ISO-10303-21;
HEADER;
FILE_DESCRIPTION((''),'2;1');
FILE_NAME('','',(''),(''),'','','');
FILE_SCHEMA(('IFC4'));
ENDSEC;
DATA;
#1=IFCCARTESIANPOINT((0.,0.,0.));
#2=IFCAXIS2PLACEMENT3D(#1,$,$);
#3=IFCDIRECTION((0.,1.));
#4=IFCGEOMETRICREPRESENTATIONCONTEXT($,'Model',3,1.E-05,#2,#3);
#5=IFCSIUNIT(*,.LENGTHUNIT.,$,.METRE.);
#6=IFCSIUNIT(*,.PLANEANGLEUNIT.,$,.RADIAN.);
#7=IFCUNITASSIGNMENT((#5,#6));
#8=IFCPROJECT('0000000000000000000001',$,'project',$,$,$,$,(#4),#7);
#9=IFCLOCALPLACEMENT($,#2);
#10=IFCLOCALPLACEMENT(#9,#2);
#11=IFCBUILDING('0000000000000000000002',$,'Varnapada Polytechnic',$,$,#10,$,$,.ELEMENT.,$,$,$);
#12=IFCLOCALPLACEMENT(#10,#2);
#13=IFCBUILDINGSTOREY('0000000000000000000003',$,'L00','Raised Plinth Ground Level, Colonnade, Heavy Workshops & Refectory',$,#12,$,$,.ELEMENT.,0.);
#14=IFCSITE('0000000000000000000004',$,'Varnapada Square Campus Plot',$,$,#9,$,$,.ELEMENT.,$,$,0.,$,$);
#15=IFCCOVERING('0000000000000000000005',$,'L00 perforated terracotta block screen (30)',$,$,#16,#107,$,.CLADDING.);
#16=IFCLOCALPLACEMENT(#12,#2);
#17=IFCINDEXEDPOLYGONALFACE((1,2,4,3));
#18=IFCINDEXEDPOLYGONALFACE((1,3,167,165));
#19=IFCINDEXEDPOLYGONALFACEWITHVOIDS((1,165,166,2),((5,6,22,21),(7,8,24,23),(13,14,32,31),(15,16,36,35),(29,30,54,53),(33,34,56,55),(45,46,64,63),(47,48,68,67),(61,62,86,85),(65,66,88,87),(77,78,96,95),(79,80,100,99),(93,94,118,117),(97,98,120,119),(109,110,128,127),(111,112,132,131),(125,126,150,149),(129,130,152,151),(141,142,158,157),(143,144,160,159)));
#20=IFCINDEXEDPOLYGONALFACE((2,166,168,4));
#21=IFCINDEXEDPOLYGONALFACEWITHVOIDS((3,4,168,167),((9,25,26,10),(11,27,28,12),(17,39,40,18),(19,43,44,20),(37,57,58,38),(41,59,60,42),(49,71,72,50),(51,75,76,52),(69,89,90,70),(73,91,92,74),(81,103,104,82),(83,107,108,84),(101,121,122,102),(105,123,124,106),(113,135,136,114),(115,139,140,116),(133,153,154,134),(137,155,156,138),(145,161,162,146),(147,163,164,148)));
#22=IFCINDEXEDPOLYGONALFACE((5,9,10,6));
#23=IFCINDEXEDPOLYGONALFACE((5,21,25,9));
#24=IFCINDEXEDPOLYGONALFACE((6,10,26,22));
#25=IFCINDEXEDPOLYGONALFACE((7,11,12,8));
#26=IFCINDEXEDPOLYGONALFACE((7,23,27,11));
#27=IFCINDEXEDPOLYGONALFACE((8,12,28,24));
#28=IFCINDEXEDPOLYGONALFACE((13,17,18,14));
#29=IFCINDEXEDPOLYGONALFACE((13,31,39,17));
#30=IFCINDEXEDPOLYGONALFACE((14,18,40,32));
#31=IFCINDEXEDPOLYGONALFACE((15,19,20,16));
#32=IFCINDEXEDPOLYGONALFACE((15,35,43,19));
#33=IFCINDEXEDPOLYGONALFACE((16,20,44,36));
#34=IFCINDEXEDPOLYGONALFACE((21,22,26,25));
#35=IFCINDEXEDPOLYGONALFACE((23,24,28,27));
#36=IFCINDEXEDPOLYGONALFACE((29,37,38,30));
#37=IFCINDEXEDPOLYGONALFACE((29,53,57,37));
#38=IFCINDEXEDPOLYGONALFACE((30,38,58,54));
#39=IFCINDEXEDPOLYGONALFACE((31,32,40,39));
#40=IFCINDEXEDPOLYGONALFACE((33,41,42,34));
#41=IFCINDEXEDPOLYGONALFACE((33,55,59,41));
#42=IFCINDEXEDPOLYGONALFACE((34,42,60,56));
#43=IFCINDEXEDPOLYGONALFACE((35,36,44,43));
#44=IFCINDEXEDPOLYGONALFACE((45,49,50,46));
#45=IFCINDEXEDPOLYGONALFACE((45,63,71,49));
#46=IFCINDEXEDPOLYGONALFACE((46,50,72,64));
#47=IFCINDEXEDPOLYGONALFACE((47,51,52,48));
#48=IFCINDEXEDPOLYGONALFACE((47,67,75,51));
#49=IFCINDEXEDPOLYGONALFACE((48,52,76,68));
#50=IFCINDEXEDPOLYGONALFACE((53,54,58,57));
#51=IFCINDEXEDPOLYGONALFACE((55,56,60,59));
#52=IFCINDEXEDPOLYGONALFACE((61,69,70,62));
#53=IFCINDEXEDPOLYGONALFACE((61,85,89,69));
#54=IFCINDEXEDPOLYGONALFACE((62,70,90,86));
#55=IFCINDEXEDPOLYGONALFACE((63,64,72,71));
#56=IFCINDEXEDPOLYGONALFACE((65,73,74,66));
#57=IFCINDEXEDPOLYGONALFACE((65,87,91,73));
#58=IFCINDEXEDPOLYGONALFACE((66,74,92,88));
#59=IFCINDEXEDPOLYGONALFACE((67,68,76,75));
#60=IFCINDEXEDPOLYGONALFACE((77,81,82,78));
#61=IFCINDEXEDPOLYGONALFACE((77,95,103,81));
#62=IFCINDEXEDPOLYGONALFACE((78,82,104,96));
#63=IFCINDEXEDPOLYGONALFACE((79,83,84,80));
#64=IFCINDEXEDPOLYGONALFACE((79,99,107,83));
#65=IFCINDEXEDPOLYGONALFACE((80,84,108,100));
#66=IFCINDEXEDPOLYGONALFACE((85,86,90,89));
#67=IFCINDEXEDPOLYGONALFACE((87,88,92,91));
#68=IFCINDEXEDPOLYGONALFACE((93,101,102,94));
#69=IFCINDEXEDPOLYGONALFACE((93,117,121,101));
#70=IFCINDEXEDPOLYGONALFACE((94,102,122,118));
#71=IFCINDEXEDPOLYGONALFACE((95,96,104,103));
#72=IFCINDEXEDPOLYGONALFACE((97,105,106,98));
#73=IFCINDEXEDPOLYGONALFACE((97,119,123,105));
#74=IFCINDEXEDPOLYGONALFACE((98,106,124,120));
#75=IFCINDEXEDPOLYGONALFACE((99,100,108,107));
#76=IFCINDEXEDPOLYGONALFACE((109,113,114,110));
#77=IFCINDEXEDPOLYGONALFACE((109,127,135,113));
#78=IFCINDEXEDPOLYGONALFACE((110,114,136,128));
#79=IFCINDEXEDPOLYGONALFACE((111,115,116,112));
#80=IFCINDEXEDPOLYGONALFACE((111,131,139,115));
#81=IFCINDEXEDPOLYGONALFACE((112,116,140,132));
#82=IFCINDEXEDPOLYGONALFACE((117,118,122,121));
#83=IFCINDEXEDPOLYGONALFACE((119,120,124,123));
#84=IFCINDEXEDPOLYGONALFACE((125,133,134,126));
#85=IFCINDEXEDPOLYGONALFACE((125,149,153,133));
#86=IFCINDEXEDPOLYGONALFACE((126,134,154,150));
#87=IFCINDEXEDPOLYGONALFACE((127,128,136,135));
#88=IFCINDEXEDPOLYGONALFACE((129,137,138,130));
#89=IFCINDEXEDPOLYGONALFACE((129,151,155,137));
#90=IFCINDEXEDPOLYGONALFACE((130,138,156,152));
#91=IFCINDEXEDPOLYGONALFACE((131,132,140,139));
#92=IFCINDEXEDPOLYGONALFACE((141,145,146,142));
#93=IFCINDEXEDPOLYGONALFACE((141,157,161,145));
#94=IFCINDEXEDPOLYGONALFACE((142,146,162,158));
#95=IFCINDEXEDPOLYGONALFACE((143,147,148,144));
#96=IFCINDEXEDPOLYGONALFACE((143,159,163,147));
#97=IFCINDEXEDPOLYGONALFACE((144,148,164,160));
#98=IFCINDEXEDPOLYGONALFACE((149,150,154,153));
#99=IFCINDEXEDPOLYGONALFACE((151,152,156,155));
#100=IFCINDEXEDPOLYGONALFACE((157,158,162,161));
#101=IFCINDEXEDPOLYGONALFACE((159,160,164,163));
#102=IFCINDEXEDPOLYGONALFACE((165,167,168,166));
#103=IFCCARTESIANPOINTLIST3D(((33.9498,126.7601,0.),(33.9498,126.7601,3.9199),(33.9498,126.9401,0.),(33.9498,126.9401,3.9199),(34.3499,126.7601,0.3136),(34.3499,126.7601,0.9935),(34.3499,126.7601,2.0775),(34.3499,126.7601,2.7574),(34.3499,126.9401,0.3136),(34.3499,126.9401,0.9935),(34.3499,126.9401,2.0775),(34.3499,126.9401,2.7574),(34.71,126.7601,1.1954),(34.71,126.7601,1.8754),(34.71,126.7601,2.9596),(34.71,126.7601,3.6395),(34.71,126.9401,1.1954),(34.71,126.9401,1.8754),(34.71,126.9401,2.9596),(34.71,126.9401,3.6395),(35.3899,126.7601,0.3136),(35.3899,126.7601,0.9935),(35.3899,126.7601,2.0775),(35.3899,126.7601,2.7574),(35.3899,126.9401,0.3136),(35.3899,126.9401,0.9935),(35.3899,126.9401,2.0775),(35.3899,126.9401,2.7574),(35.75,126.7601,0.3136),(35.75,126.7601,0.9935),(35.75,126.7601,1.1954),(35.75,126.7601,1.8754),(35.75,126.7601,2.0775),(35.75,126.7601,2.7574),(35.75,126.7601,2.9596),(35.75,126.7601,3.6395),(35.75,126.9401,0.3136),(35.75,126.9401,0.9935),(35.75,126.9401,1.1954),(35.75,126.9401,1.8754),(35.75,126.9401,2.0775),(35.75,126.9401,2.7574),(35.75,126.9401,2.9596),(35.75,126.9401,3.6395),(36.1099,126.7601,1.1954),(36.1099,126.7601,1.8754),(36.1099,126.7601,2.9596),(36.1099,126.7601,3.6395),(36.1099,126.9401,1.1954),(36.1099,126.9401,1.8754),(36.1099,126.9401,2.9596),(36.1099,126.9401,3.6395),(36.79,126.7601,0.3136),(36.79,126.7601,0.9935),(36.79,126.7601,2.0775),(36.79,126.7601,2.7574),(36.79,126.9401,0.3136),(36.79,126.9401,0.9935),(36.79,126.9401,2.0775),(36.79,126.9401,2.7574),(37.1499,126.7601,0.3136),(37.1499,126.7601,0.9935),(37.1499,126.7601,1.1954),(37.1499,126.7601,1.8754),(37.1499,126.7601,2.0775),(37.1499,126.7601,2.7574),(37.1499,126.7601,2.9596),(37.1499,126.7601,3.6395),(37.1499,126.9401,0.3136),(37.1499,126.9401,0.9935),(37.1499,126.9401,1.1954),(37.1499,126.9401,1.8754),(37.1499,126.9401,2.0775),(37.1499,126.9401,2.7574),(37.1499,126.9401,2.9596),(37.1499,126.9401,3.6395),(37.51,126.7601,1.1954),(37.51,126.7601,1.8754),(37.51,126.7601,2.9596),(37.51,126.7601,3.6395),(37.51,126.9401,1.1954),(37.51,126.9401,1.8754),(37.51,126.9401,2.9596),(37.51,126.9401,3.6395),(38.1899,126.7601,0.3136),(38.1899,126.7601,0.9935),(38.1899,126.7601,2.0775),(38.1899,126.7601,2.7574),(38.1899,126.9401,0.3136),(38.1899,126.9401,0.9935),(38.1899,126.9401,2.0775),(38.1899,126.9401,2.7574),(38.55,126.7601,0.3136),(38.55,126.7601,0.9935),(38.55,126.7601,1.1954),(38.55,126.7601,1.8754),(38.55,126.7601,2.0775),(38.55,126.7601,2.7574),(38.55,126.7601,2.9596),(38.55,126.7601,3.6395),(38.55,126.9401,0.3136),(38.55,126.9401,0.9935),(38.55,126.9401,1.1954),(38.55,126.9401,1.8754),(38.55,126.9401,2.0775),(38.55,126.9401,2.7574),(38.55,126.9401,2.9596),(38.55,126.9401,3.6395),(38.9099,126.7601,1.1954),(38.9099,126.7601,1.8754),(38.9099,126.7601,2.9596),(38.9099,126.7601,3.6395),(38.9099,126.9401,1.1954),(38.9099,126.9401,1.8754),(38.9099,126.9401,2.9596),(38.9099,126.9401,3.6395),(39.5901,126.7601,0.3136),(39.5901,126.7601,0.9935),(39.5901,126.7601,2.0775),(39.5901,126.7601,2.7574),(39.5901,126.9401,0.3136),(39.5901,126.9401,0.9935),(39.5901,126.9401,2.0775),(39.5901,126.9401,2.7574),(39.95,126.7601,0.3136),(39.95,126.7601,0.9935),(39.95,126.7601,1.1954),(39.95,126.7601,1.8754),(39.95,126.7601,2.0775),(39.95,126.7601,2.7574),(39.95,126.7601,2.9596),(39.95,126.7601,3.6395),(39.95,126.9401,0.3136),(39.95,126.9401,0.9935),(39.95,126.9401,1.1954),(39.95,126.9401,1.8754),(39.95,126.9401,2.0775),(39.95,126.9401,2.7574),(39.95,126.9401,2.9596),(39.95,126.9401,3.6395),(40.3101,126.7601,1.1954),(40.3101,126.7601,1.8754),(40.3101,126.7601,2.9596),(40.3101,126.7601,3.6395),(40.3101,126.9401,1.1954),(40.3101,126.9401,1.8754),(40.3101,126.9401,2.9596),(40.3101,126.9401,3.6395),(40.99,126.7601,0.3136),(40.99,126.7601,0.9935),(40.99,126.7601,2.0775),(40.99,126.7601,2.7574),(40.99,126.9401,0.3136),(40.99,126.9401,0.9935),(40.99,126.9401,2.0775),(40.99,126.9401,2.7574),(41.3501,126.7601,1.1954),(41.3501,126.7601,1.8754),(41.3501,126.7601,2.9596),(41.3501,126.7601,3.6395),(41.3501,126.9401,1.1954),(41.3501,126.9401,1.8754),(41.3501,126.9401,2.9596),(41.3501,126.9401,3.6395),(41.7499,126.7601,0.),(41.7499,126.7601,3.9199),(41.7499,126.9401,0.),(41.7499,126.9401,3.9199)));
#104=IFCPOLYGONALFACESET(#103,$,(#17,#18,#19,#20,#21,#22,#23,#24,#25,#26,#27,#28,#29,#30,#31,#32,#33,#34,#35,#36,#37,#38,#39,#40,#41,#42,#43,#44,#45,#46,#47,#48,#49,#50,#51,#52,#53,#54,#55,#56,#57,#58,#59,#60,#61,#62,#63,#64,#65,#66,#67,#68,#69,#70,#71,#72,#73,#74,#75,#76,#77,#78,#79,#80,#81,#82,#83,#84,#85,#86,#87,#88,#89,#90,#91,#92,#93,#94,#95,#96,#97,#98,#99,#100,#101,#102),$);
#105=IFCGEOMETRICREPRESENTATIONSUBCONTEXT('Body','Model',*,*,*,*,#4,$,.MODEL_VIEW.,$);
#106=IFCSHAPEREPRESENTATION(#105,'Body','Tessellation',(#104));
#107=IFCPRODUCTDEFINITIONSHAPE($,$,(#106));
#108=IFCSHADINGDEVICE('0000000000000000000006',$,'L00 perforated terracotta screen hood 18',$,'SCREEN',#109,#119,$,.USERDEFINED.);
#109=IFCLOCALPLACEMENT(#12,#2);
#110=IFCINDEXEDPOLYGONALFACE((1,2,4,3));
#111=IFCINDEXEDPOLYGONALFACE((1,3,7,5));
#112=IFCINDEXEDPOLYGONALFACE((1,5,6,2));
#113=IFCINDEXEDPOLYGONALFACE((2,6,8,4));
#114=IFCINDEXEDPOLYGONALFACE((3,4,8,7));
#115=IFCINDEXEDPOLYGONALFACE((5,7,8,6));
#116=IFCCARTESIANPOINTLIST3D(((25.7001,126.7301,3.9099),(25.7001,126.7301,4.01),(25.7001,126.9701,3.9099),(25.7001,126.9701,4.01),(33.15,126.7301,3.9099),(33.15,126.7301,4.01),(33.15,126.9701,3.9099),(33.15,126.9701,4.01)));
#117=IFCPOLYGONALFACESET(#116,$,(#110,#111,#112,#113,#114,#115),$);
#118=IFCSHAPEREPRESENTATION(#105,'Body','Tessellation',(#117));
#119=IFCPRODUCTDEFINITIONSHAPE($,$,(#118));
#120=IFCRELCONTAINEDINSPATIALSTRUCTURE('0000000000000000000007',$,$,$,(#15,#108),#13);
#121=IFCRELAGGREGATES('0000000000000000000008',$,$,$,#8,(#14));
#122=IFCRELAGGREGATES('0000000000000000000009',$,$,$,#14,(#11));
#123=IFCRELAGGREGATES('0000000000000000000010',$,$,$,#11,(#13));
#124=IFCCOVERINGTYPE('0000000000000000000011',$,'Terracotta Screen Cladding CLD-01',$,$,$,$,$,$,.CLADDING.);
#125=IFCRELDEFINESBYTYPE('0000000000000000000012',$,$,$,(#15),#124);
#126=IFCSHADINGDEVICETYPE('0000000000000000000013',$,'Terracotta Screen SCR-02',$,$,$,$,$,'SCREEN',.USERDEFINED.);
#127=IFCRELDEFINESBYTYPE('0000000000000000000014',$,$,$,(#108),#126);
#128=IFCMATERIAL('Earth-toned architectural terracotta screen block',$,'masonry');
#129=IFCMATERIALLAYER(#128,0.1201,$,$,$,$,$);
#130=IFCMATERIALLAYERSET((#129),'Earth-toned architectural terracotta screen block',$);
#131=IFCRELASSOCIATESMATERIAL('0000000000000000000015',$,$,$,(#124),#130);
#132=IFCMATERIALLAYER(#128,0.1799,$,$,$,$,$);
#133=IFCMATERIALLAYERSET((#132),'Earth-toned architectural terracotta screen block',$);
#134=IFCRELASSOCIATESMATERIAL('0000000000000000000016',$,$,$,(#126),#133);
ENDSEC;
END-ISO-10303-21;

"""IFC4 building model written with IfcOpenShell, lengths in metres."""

from ifc_helpers import new_model, si_unit, direction, frame, frame_2d, origin, origin_2d, place, context, subcontext, project, spatial, rectangle, extrude, material, layer, layer_set, type_object, element, save


model = new_model("IFC4")

# Units and contexts
model_context = context("Model", 3, precision=1e-05, world=origin(), true_north=direction((0.0, 1.0)))
body_context = subcontext(model_context, "Body", "Model", "MODEL_VIEW")
ifc_project = project(units=[si_unit("LENGTHUNIT", "METRE"), si_unit("PLANEANGLEUNIT", "RADIAN")], contexts=[model_context])

# Site, building, storey
site_placement = place(None, origin())
site = spatial("IfcSite", under=ifc_project, at=site_placement, Name="Varnapada Square Campus Plot", CompositionType="ELEMENT", RefElevation=0.0)
building_placement = place(site_placement, origin())
building = spatial("IfcBuilding", under=site, at=building_placement, Name="Varnapada Polytechnic", CompositionType="ELEMENT")
storey_placement = place(building_placement, origin())
storey = spatial("IfcBuildingStorey", under=building, at=storey_placement, Name="L00", Description="Raised Plinth Ground Level, Colonnade, Heavy Workshops & Refectory", CompositionType="ELEMENT", Elevation=0.0)

# Covering, openings
ifc_material_1 = material(Name="Earth-toned architectural terracotta screen block", Category="masonry")
ifc_layer_1 = layer(ifc_material_1, 0.1201)
ifc_layer_set_1 = layer_set([ifc_layer_1], Name="Earth-toned architectural terracotta screen block")
covering_type = type_object("IfcCoveringType", Name="Terracotta Screen Cladding CLD-01", PredefinedType="CLADDING", material=ifc_layer_set_1)
covering_placement = place(storey_placement, frame((33.95, 126.8501, 0.0), z_axis=(0.0, 0.0, 1.0), x_axis=(1.0, 0.0, 0.0)))
covering = element("IfcCovering", 1, at=covering_placement, inside=storey, type_object=covering_type, Name="L00 perforated terracotta block screen (30)", PredefinedType="CLADDING", context=body_context, shape_type="SweptSolid", body=[
    extrude(rectangle(XDim=7.8, YDim=0.1799, at=frame_2d((3.8999, 0.0))), origin(), (0.0, 0.0, 1.0), 3.9199),
])
opening_1_placement = place(covering_placement, frame((0.3999, 0.0, 0.3137)))
element("IfcOpeningElement", 2, at=opening_1_placement, cuts=covering, PredefinedType="OPENING", context=body_context, shape_type="SweptSolid", body=[
    extrude(rectangle(XDim=1.04, YDim=0.6799, at=frame_2d((0.52, 0.3398))), frame((0.0, 0.0999, 0.0), z_axis=(0.0, -1.0, 0.0), x_axis=(1.0, 0.0, 0.0)), (0.0, 0.0, 1.0), 0.2),
])
opening_2_placement = place(covering_placement, frame((1.8, 0.0, 0.3137)))
element("IfcOpeningElement", 3, at=opening_2_placement, cuts=covering, PredefinedType="OPENING", context=body_context, shape_type="SweptSolid", body=[
    extrude(rectangle(XDim=1.04, YDim=0.6799, at=frame_2d((0.52, 0.3398))), frame((0.0, 0.0999, 0.0), z_axis=(0.0, -1.0, 0.0), x_axis=(1.0, 0.0, 0.0)), (0.0, 0.0, 1.0), 0.2),
])
opening_3_placement = place(covering_placement, frame((3.2, 0.0, 0.3137)))
element("IfcOpeningElement", 4, at=opening_3_placement, cuts=covering, PredefinedType="OPENING", context=body_context, shape_type="SweptSolid", body=[
    extrude(rectangle(XDim=1.04, YDim=0.6799, at=frame_2d((0.52, 0.3398))), frame((0.0, 0.0999, 0.0), z_axis=(0.0, -1.0, 0.0), x_axis=(1.0, 0.0, 0.0)), (0.0, 0.0, 1.0), 0.2),
])
opening_4_placement = place(covering_placement, frame((4.6001, 0.0, 0.3137)))
element("IfcOpeningElement", 5, at=opening_4_placement, cuts=covering, PredefinedType="OPENING", context=body_context, shape_type="SweptSolid", body=[
    extrude(rectangle(XDim=1.04, YDim=0.6799, at=frame_2d((0.52, 0.3398))), frame((0.0, 0.0999, 0.0), z_axis=(0.0, -1.0, 0.0), x_axis=(1.0, 0.0, 0.0)), (0.0, 0.0, 1.0), 0.2),
])
opening_5_placement = place(covering_placement, frame((6.0, 0.0, 0.3137)))
element("IfcOpeningElement", 6, at=opening_5_placement, cuts=covering, PredefinedType="OPENING", context=body_context, shape_type="SweptSolid", body=[
    extrude(rectangle(XDim=1.04, YDim=0.6799, at=frame_2d((0.52, 0.3398))), frame((0.0, 0.0999, 0.0), z_axis=(0.0, -1.0, 0.0), x_axis=(1.0, 0.0, 0.0)), (0.0, 0.0, 1.0), 0.2),
])
opening_6_placement = place(covering_placement, frame((0.76, 0.0, 1.1956)))
element("IfcOpeningElement", 7, at=opening_6_placement, cuts=covering, PredefinedType="OPENING", context=body_context, shape_type="SweptSolid", body=[
    extrude(rectangle(XDim=1.04, YDim=0.6799, at=frame_2d((0.52, 0.3398))), frame((0.0, 0.0999, 0.0), z_axis=(0.0, -1.0, 0.0), x_axis=(1.0, 0.0, 0.0)), (0.0, 0.0, 1.0), 0.2),
])
opening_7_placement = place(covering_placement, frame((2.1599, 0.0, 1.1956)))
element("IfcOpeningElement", 8, at=opening_7_placement, cuts=covering, PredefinedType="OPENING", context=body_context, shape_type="SweptSolid", body=[
    extrude(rectangle(XDim=1.04, YDim=0.6799, at=frame_2d((0.52, 0.3398))), frame((0.0, 0.0999, 0.0), z_axis=(0.0, -1.0, 0.0), x_axis=(1.0, 0.0, 0.0)), (0.0, 0.0, 1.0), 0.2),
])
opening_8_placement = place(covering_placement, frame((3.5601, 0.0, 1.1956)))
element("IfcOpeningElement", 9, at=opening_8_placement, cuts=covering, PredefinedType="OPENING", context=body_context, shape_type="SweptSolid", body=[
    extrude(rectangle(XDim=1.04, YDim=0.6799, at=frame_2d((0.52, 0.3398))), frame((0.0, 0.0999, 0.0), z_axis=(0.0, -1.0, 0.0), x_axis=(1.0, 0.0, 0.0)), (0.0, 0.0, 1.0), 0.2),
])
opening_9_placement = place(covering_placement, frame((4.96, 0.0, 1.1956)))
element("IfcOpeningElement", 10, at=opening_9_placement, cuts=covering, PredefinedType="OPENING", context=body_context, shape_type="SweptSolid", body=[
    extrude(rectangle(XDim=1.04, YDim=0.6799, at=frame_2d((0.52, 0.3398))), frame((0.0, 0.0999, 0.0), z_axis=(0.0, -1.0, 0.0), x_axis=(1.0, 0.0, 0.0)), (0.0, 0.0, 1.0), 0.2),
])
opening_10_placement = place(covering_placement, frame((6.3601, 0.0, 1.1956)))
element("IfcOpeningElement", 11, at=opening_10_placement, cuts=covering, PredefinedType="OPENING", context=body_context, shape_type="SweptSolid", body=[
    extrude(rectangle(XDim=1.04, YDim=0.6799, at=frame_2d((0.52, 0.3398))), frame((0.0, 0.0999, 0.0), z_axis=(0.0, -1.0, 0.0), x_axis=(1.0, 0.0, 0.0)), (0.0, 0.0, 1.0), 0.2),
])
opening_11_placement = place(covering_placement, frame((0.3999, 0.0, 2.0776)))
element("IfcOpeningElement", 12, at=opening_11_placement, cuts=covering, PredefinedType="OPENING", context=body_context, shape_type="SweptSolid", body=[
    extrude(rectangle(XDim=1.04, YDim=0.6799, at=frame_2d((0.52, 0.3398))), frame((0.0, 0.0999, 0.0), z_axis=(0.0, -1.0, 0.0), x_axis=(1.0, 0.0, 0.0)), (0.0, 0.0, 1.0), 0.2),
])
opening_12_placement = place(covering_placement, frame((1.8, 0.0, 2.0776)))
element("IfcOpeningElement", 13, at=opening_12_placement, cuts=covering, PredefinedType="OPENING", context=body_context, shape_type="SweptSolid", body=[
    extrude(rectangle(XDim=1.04, YDim=0.6799, at=frame_2d((0.52, 0.3398))), frame((0.0, 0.0999, 0.0), z_axis=(0.0, -1.0, 0.0), x_axis=(1.0, 0.0, 0.0)), (0.0, 0.0, 1.0), 0.2),
])
opening_13_placement = place(covering_placement, frame((3.2, 0.0, 2.0776)))
element("IfcOpeningElement", 14, at=opening_13_placement, cuts=covering, PredefinedType="OPENING", context=body_context, shape_type="SweptSolid", body=[
    extrude(rectangle(XDim=1.04, YDim=0.6799, at=frame_2d((0.52, 0.3398))), frame((0.0, 0.0999, 0.0), z_axis=(0.0, -1.0, 0.0), x_axis=(1.0, 0.0, 0.0)), (0.0, 0.0, 1.0), 0.2),
])
opening_14_placement = place(covering_placement, frame((4.6001, 0.0, 2.0776)))
element("IfcOpeningElement", 15, at=opening_14_placement, cuts=covering, PredefinedType="OPENING", context=body_context, shape_type="SweptSolid", body=[
    extrude(rectangle(XDim=1.04, YDim=0.6799, at=frame_2d((0.52, 0.3398))), frame((0.0, 0.0999, 0.0), z_axis=(0.0, -1.0, 0.0), x_axis=(1.0, 0.0, 0.0)), (0.0, 0.0, 1.0), 0.2),
])
opening_15_placement = place(covering_placement, frame((6.0, 0.0, 2.0776)))
element("IfcOpeningElement", 16, at=opening_15_placement, cuts=covering, PredefinedType="OPENING", context=body_context, shape_type="SweptSolid", body=[
    extrude(rectangle(XDim=1.04, YDim=0.6799, at=frame_2d((0.52, 0.3398))), frame((0.0, 0.0999, 0.0), z_axis=(0.0, -1.0, 0.0), x_axis=(1.0, 0.0, 0.0)), (0.0, 0.0, 1.0), 0.2),
])
opening_16_placement = place(covering_placement, frame((0.76, 0.0, 2.9597)))
element("IfcOpeningElement", 17, at=opening_16_placement, cuts=covering, PredefinedType="OPENING", context=body_context, shape_type="SweptSolid", body=[
    extrude(rectangle(XDim=1.04, YDim=0.6799, at=frame_2d((0.52, 0.3398))), frame((0.0, 0.0999, 0.0), z_axis=(0.0, -1.0, 0.0), x_axis=(1.0, 0.0, 0.0)), (0.0, 0.0, 1.0), 0.2),
])
opening_17_placement = place(covering_placement, frame((2.1599, 0.0, 2.9597)))
element("IfcOpeningElement", 18, at=opening_17_placement, cuts=covering, PredefinedType="OPENING", context=body_context, shape_type="SweptSolid", body=[
    extrude(rectangle(XDim=1.04, YDim=0.6799, at=frame_2d((0.52, 0.3398))), frame((0.0, 0.0999, 0.0), z_axis=(0.0, -1.0, 0.0), x_axis=(1.0, 0.0, 0.0)), (0.0, 0.0, 1.0), 0.2),
])
opening_18_placement = place(covering_placement, frame((3.5601, 0.0, 2.9597)))
element("IfcOpeningElement", 19, at=opening_18_placement, cuts=covering, PredefinedType="OPENING", context=body_context, shape_type="SweptSolid", body=[
    extrude(rectangle(XDim=1.04, YDim=0.6799, at=frame_2d((0.52, 0.3398))), frame((0.0, 0.0999, 0.0), z_axis=(0.0, -1.0, 0.0), x_axis=(1.0, 0.0, 0.0)), (0.0, 0.0, 1.0), 0.2),
])
opening_19_placement = place(covering_placement, frame((4.96, 0.0, 2.9597)))
element("IfcOpeningElement", 20, at=opening_19_placement, cuts=covering, PredefinedType="OPENING", context=body_context, shape_type="SweptSolid", body=[
    extrude(rectangle(XDim=1.04, YDim=0.6799, at=frame_2d((0.52, 0.3398))), frame((0.0, 0.0999, 0.0), z_axis=(0.0, -1.0, 0.0), x_axis=(1.0, 0.0, 0.0)), (0.0, 0.0, 1.0), 0.2),
])
opening_20_placement = place(covering_placement, frame((6.3601, 0.0, 2.9597)))
element("IfcOpeningElement", 21, at=opening_20_placement, cuts=covering, PredefinedType="OPENING", context=body_context, shape_type="SweptSolid", body=[
    extrude(rectangle(XDim=1.04, YDim=0.6799, at=frame_2d((0.52, 0.3398))), frame((0.0, 0.0999, 0.0), z_axis=(0.0, -1.0, 0.0), x_axis=(1.0, 0.0, 0.0)), (0.0, 0.0, 1.0), 0.2),
])

# Shading device
ifc_layer_2 = layer(ifc_material_1, 0.1799)
ifc_layer_set_2 = layer_set([ifc_layer_2], Name="Earth-toned architectural terracotta screen block")
shading_device_type = type_object("IfcShadingDeviceType", Name="Terracotta Screen SCR-02", ElementType="SCREEN", PredefinedType="USERDEFINED", material=ifc_layer_set_2)
shading_device_1_placement = place(storey_placement, frame((29.425, 126.8501, 3.9099), z_axis=(0.0, 0.0, 1.0), x_axis=(1.0, 0.0, 0.0)))
element("IfcShadingDevice", 22, at=shading_device_1_placement, inside=storey, type_object=shading_device_type, Name="L00 perforated terracotta screen hood 18", ObjectType="SCREEN", PredefinedType="USERDEFINED", context=body_context, shape_type="SweptSolid", body=[
    extrude(rectangle(XDim=7.45, YDim=0.24, at=origin_2d()), origin(), (0.0, 0.0, 1.0), 0.1001),
])

save(model, "model.ifc")
